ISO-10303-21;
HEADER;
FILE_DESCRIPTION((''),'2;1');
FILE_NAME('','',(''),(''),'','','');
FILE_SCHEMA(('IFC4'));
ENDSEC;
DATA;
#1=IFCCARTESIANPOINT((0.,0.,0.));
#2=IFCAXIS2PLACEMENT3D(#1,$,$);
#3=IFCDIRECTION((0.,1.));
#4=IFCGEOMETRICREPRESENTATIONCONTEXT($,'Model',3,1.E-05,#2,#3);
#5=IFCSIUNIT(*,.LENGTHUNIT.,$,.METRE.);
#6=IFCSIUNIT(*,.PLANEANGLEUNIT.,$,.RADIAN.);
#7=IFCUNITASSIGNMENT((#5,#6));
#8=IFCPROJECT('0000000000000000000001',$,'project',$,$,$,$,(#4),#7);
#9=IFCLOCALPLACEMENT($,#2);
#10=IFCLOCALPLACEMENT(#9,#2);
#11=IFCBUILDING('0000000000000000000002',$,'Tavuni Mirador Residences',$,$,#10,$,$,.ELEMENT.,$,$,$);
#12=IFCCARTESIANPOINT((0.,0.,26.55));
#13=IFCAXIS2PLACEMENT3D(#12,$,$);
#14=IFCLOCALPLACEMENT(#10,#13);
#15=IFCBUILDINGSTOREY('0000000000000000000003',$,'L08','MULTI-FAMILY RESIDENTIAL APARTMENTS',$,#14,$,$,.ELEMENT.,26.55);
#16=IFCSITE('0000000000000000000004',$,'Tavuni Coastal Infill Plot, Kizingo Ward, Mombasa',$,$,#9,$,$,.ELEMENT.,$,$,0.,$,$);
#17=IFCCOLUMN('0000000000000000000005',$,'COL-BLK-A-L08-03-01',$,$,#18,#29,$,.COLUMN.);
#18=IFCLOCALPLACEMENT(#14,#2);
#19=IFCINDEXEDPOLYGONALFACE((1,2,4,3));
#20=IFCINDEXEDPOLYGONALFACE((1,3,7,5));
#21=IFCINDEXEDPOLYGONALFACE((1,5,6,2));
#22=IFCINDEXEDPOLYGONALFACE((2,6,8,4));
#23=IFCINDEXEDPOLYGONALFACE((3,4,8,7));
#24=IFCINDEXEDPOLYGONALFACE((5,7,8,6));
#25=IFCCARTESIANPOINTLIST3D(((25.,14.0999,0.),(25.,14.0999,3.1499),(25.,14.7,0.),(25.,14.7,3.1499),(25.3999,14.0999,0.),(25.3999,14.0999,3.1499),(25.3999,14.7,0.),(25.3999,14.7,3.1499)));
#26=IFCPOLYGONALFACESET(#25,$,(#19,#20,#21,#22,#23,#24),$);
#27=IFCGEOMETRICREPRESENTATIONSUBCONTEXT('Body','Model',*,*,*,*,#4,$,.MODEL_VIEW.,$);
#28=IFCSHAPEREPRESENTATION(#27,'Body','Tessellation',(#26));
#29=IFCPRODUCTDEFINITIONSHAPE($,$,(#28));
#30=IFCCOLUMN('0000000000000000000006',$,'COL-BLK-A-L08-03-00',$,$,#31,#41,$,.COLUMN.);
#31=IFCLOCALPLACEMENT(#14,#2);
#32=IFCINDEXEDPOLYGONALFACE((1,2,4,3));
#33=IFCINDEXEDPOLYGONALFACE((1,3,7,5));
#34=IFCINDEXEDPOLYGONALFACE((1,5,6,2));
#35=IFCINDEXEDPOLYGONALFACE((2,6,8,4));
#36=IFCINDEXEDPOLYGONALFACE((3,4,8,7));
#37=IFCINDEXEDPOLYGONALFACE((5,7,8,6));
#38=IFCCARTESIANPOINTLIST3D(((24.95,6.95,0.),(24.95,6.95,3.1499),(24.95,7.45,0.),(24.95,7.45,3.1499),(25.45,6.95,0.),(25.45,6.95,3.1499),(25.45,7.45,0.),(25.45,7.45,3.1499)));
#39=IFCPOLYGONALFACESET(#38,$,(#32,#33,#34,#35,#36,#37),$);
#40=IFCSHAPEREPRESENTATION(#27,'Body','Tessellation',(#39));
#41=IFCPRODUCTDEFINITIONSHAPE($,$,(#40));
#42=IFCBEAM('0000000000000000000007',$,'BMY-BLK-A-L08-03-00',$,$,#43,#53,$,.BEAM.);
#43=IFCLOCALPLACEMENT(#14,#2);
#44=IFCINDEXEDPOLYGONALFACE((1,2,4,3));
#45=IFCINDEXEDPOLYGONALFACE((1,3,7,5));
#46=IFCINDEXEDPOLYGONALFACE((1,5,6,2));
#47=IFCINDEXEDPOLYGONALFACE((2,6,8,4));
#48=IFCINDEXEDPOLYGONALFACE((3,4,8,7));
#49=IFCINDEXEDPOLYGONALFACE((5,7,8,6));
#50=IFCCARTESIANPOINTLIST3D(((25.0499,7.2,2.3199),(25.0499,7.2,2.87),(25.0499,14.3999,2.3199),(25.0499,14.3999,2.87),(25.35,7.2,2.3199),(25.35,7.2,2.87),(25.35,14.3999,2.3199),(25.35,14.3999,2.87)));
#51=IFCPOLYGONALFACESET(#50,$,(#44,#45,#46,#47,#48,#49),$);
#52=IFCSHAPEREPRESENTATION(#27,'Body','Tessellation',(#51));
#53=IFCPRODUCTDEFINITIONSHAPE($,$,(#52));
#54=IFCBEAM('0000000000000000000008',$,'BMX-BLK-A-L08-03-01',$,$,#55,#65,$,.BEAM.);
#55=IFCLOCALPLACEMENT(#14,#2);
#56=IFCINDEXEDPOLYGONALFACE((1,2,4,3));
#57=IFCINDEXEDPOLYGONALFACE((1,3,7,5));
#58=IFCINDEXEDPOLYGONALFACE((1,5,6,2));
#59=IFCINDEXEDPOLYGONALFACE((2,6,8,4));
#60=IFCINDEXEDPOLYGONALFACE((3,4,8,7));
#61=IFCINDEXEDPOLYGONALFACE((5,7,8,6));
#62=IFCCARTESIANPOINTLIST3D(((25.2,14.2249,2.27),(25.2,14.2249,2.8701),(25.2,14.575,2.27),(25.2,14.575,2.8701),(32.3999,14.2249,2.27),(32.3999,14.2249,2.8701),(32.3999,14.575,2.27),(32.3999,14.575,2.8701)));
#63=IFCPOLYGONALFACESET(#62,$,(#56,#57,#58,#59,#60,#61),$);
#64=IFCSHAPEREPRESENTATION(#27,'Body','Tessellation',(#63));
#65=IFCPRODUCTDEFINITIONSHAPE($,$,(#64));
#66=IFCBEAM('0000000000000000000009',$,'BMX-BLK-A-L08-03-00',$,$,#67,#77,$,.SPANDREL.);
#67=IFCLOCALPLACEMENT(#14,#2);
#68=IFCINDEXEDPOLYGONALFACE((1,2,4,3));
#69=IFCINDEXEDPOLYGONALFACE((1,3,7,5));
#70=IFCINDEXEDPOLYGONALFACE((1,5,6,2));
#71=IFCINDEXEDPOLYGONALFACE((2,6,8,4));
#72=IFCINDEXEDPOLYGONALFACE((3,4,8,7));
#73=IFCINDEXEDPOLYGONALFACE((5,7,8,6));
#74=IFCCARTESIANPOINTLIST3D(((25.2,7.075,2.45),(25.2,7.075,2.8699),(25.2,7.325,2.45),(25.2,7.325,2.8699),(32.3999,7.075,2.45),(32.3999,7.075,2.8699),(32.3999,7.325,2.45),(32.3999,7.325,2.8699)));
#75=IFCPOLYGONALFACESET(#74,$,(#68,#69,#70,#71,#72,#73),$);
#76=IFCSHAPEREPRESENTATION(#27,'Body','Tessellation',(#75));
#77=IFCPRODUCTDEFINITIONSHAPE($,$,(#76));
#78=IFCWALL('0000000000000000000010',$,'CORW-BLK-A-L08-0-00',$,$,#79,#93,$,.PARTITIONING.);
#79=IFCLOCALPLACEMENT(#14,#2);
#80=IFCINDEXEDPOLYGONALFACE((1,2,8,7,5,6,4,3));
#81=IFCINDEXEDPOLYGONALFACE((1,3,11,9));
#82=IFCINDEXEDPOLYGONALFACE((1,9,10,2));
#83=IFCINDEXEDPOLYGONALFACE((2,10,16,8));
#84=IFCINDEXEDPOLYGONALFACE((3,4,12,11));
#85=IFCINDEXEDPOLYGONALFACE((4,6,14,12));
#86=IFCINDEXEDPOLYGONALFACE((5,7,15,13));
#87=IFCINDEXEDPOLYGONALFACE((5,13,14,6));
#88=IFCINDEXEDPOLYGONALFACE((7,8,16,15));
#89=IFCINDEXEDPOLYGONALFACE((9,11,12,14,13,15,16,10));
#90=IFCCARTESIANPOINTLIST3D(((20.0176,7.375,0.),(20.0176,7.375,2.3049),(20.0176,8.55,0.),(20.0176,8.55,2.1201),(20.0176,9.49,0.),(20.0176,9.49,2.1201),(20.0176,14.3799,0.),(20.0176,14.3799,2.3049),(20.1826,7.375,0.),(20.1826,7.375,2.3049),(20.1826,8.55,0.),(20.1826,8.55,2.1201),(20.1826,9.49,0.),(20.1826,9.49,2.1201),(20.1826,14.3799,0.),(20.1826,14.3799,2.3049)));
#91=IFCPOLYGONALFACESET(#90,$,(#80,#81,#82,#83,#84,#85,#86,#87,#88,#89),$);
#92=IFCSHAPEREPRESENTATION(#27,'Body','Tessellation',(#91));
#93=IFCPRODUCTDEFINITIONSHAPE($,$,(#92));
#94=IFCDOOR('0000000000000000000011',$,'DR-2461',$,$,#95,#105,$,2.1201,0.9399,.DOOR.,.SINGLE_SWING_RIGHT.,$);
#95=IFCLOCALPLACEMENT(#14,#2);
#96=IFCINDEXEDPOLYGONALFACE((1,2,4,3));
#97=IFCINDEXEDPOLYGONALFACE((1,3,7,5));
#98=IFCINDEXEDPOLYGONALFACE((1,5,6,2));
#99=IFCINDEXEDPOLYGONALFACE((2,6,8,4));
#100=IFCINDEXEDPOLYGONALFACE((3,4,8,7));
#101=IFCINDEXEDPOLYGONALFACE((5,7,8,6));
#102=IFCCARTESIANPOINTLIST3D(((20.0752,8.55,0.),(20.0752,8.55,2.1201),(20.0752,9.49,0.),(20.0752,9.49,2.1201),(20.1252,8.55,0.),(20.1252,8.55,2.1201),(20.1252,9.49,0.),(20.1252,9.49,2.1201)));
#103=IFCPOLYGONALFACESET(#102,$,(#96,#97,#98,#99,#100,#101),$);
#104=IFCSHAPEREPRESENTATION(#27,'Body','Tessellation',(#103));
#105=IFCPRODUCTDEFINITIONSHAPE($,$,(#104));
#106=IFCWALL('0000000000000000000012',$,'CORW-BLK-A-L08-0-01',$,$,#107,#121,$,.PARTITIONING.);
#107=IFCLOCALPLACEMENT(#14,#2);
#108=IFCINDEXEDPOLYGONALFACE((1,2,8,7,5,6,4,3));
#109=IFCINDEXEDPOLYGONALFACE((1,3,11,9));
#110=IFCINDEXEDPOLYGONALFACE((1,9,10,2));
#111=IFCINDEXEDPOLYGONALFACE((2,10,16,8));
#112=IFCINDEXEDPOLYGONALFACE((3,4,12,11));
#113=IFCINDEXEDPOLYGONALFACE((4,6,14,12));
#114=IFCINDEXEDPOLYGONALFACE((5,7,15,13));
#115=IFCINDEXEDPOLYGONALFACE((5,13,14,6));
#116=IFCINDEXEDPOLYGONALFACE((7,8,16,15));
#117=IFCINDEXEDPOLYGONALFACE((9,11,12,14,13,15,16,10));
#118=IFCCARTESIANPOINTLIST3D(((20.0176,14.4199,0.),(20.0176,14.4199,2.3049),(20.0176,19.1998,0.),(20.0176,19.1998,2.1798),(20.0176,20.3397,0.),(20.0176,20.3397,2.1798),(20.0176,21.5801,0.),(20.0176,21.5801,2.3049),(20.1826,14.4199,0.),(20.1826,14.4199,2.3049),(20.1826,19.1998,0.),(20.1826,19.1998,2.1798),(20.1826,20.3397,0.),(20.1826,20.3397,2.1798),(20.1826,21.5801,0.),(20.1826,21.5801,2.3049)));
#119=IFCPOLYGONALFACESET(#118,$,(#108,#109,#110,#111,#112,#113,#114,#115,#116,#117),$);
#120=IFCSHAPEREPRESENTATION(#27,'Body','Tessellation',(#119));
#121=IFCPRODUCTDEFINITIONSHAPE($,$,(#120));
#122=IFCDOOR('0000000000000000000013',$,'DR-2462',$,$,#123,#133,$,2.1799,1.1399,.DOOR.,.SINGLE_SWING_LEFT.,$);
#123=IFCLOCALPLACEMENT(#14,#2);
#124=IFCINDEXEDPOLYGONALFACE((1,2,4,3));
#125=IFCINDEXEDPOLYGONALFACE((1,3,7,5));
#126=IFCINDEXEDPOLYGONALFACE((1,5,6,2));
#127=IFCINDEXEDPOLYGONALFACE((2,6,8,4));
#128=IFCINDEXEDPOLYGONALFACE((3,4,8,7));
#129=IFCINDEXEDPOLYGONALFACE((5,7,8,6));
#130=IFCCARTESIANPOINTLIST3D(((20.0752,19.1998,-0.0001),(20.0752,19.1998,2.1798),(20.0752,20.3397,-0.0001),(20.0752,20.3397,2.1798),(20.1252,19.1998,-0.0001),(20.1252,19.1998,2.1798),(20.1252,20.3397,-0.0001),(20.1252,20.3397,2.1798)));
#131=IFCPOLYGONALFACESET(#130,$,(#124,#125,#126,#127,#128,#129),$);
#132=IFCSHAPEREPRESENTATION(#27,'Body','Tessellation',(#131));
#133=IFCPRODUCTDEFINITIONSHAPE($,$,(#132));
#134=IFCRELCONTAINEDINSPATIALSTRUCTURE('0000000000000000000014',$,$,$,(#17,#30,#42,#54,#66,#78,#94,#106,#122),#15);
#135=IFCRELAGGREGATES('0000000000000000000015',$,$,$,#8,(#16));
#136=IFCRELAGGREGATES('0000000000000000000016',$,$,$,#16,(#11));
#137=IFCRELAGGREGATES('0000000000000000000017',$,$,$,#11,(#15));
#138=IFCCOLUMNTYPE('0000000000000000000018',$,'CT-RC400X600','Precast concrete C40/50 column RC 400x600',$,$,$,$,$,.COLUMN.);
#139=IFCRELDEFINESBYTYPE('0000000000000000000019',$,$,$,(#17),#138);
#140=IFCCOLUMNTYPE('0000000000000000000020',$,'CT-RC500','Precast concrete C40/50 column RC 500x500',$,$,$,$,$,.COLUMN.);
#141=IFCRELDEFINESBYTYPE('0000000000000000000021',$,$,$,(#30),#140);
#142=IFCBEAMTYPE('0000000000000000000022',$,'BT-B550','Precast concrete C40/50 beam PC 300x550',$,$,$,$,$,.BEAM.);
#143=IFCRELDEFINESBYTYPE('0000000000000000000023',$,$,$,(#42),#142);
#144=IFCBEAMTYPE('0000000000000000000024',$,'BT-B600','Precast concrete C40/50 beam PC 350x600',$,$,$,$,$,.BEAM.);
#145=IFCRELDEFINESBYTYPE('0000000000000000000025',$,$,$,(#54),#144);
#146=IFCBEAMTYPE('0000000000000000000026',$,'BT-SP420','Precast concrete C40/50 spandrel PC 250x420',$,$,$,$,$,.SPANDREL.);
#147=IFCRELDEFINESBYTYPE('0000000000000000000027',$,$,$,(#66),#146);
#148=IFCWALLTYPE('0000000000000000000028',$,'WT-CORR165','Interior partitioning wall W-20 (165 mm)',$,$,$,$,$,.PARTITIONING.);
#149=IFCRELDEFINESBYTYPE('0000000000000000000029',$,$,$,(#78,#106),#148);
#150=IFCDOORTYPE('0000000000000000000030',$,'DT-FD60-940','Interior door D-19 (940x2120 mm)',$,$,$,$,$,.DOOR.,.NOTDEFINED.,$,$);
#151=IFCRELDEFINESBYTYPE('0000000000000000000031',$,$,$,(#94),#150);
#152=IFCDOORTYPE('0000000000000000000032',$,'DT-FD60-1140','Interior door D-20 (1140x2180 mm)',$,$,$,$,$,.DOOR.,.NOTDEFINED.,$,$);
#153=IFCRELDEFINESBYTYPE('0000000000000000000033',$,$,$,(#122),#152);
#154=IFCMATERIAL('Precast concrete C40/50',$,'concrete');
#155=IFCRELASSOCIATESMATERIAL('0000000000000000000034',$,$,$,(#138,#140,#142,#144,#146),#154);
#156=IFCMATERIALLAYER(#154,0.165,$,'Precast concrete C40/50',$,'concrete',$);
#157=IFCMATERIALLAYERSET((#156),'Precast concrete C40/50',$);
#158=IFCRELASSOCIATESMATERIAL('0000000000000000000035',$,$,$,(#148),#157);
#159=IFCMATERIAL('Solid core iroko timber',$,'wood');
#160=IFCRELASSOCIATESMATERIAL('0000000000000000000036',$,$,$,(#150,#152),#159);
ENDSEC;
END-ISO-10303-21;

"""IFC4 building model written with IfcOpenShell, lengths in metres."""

from ifc_helpers import new_model, si_unit, direction, frame, frame_2d, origin, origin_2d, place, context, subcontext, project, spatial, rectangle, extrude, material, layer, layer_set, material_profile, profile_set, type_object, element, fill, save


model = new_model("IFC4")

# Units and contexts
model_context = context("Model", 3, precision=1e-05, world=origin(), true_north=direction((0.0, 1.0)))
body_context = subcontext(model_context, "Body", "Model", "MODEL_VIEW")
ifc_project = project(units=[si_unit("LENGTHUNIT", "METRE"), si_unit("PLANEANGLEUNIT", "RADIAN")], contexts=[model_context])

# Site, building, storey
site_placement = place(None, origin())
site = spatial("IfcSite", under=ifc_project, at=site_placement, Name="Tavuni Coastal Infill Plot, Kizingo Ward, Mombasa", CompositionType="ELEMENT", RefElevation=0.0)
building_placement = place(site_placement, origin())
building = spatial("IfcBuilding", under=site, at=building_placement, Name="Tavuni Mirador Residences", CompositionType="ELEMENT")
storey_placement = place(building_placement, frame((0.0, 0.0, 26.55)))
storey = spatial("IfcBuildingStorey", under=building, at=storey_placement, Name="L08", Description="MULTI-FAMILY RESIDENTIAL APARTMENTS", CompositionType="ELEMENT", Elevation=26.55)

# Columns
ifc_material_1 = material(Name="Precast concrete C40/50", Category="concrete")
ifc_material_profile_1 = material_profile(ifc_material_1, rectangle(XDim=0.3999, YDim=0.6001, at=origin_2d()), Name="RC 400x600", Category="concrete")
ifc_profile_set_1 = profile_set([ifc_material_profile_1], Name="Precast concrete C40/50")
column_type_1 = type_object("IfcColumnType", Name="CT-RC400X600", Description="Precast concrete C40/50 column RC 400x600", PredefinedType="COLUMN", material=ifc_profile_set_1)
column_1_placement = place(storey_placement, frame((25.2, 14.3999, 0.0), z_axis=(0.0, 0.0, 1.0), x_axis=(1.0, 0.0, 0.0)))
element("IfcColumn", 1, at=column_1_placement, inside=storey, type_object=column_type_1, Name="COL-BLK-A-L08-03-01", PredefinedType="COLUMN", context=body_context, shape_type="SweptSolid", body=[
    extrude(rectangle(XDim=0.3999, YDim=0.6001, at=origin_2d()), origin(), (0.0, 0.0, 1.0), 3.1499),
])
ifc_material_profile_2 = material_profile(ifc_material_1, rectangle(XDim=0.5, YDim=0.5, at=origin_2d()), Name="RC 500x500", Category="concrete")
ifc_profile_set_2 = profile_set([ifc_material_profile_2], Name="Precast concrete C40/50")
column_type_2 = type_object("IfcColumnType", Name="CT-RC500", Description="Precast concrete C40/50 column RC 500x500", PredefinedType="COLUMN", material=ifc_profile_set_2)
column_2_placement = place(storey_placement, frame((25.2, 7.2, 0.0), z_axis=(0.0, 0.0, 1.0), x_axis=(1.0, 0.0, 0.0)))
element("IfcColumn", 2, at=column_2_placement, inside=storey, type_object=column_type_2, Name="COL-BLK-A-L08-03-00", PredefinedType="COLUMN", context=body_context, shape_type="SweptSolid", body=[
    extrude(rectangle(XDim=0.5, YDim=0.5, at=origin_2d()), origin(), (0.0, 0.0, 1.0), 3.1499),
])

# Beams
ifc_material_profile_3 = material_profile(ifc_material_1, rectangle(XDim=0.3, YDim=0.55, at=origin_2d()), Name="PC 300x550", Category="concrete")
ifc_profile_set_3 = profile_set([ifc_material_profile_3], Name="Precast concrete C40/50")
beam_type_1 = type_object("IfcBeamType", Name="BT-B550", Description="Precast concrete C40/50 beam PC 300x550", PredefinedType="BEAM", material=ifc_profile_set_3)
beam_1_placement = place(storey_placement, frame((25.2, 7.2, 2.595), z_axis=(0.0, 1.0, 0.0), x_axis=(-1.0, 0.0, 0.0)))
element("IfcBeam", 3, at=beam_1_placement, inside=storey, type_object=beam_type_1, Name="BMY-BLK-A-L08-03-00", PredefinedType="BEAM", context=body_context, shape_type="SweptSolid", body=[
    extrude(rectangle(XDim=0.3, YDim=0.55, at=origin_2d()), origin(), (0.0, 0.0, 1.0), 7.2),
])
ifc_material_profile_4 = material_profile(ifc_material_1, rectangle(XDim=0.3501, YDim=0.6001, at=origin_2d()), Name="PC 350x600", Category="concrete")
ifc_profile_set_4 = profile_set([ifc_material_profile_4], Name="Precast concrete C40/50")
beam_type_2 = type_object("IfcBeamType", Name="BT-B600", Description="Precast concrete C40/50 beam PC 350x600", PredefinedType="BEAM", material=ifc_profile_set_4)
beam_2_placement = place(storey_placement, frame((25.2, 14.3999, 2.5701), z_axis=(1.0, 0.0, 0.0), x_axis=(0.0, 1.0, 0.0)))
element("IfcBeam", 4, at=beam_2_placement, inside=storey, type_object=beam_type_2, Name="BMX-BLK-A-L08-03-01", PredefinedType="BEAM", context=body_context, shape_type="SweptSolid", body=[
    extrude(rectangle(XDim=0.3501, YDim=0.6001, at=origin_2d()), origin(), (0.0, 0.0, 1.0), 7.2),
])
ifc_material_profile_5 = material_profile(ifc_material_1, rectangle(XDim=0.25, YDim=0.4199, at=origin_2d()), Name="PC 250x420", Category="concrete")
ifc_profile_set_5 = profile_set([ifc_material_profile_5], Name="Precast concrete C40/50")
beam_type_3 = type_object("IfcBeamType", Name="BT-SP420", Description="Precast concrete C40/50 spandrel PC 250x420", PredefinedType="SPANDREL", material=ifc_profile_set_5)
beam_3_placement = place(storey_placement, frame((25.2, 7.2, 2.6599), z_axis=(1.0, 0.0, 0.0), x_axis=(0.0, 1.0, 0.0)))
element("IfcBeam", 5, at=beam_3_placement, inside=storey, type_object=beam_type_3, Name="BMX-BLK-A-L08-03-00", PredefinedType="SPANDREL", context=body_context, shape_type="SweptSolid", body=[
    extrude(rectangle(XDim=0.25, YDim=0.4199, at=origin_2d()), origin(), (0.0, 0.0, 1.0), 7.2),
])

# Walls, openings, doors
ifc_layer_1 = layer(ifc_material_1, 0.165, Name="Precast concrete C40/50", Category="concrete")
ifc_layer_set_1 = layer_set([ifc_layer_1], Name="Precast concrete C40/50")
wall_type_1 = type_object("IfcWallType", Name="WT-CORR165", Description="Interior partitioning wall W-20 (165 mm)", PredefinedType="PARTITIONING", material=ifc_layer_set_1)
wall_1_placement = place(storey_placement, frame((20.1001, 7.375, 0.0), z_axis=(0.0, 0.0, 1.0), x_axis=(0.0, 1.0, 0.0)))
wall_1 = element("IfcWall", 6, at=wall_1_placement, inside=storey, type_object=wall_type_1, Name="CORW-BLK-A-L08-0-00", PredefinedType="PARTITIONING", context=body_context, shape_type="SweptSolid", body=[
    extrude(rectangle(XDim=7.0049, YDim=0.165, at=frame_2d((3.5024, 0.0))), origin(), (0.0, 0.0, 1.0), 2.3049),
])
opening_1_placement = place(wall_1_placement, frame((1.175, 0.0, 0.0)))
opening_1 = element("IfcOpeningElement", 7, at=opening_1_placement, cuts=wall_1, PredefinedType="OPENING", context=body_context, shape_type="SweptSolid", body=[
    extrude(rectangle(XDim=0.9399, YDim=2.1201, at=frame_2d((0.47, 1.0601))), frame((0.0, 0.0925, 0.0), z_axis=(0.0, -1.0, 0.0), x_axis=(1.0, 0.0, 0.0)), (0.0, 0.0, 1.0), 0.1851),
])
ifc_material_2 = material(Name="Solid core iroko timber", Category="wood")
door_type_1 = type_object("IfcDoorType", Name="DT-FD60-940", Description="Interior door D-19 (940x2120 mm)", OperationType="NOTDEFINED", PredefinedType="DOOR", material=ifc_material_2)
door_1_placement = place(opening_1_placement, origin())
door_1 = element("IfcDoor", 8, at=door_1_placement, inside=storey, type_object=door_type_1, Name="DR-2461", OperationType="SINGLE_SWING_RIGHT", OverallHeight=2.1201, OverallWidth=0.9399, PredefinedType="DOOR", context=body_context, shape_type="SweptSolid", body=[
    extrude(rectangle(XDim=0.9399, YDim=2.1201, at=frame_2d((0.47, 1.0601))), frame((0.0, 0.0249, 0.0), z_axis=(0.0, -1.0, 0.0), x_axis=(1.0, 0.0, 0.0)), (0.0, 0.0, 1.0), 0.05),
])
fill(opening_1, door_1)
wall_2_placement = place(storey_placement, frame((20.1001, 14.4199, 0.0), z_axis=(0.0, 0.0, 1.0), x_axis=(0.0, 1.0, 0.0)))
wall_2 = element("IfcWall", 9, at=wall_2_placement, inside=storey, type_object=wall_type_1, Name="CORW-BLK-A-L08-0-01", PredefinedType="PARTITIONING", context=body_context, shape_type="SweptSolid", body=[
    extrude(rectangle(XDim=7.1602, YDim=0.165, at=frame_2d((3.5801, 0.0))), origin(), (0.0, 0.0, 1.0), 2.3049),
])
opening_2_placement = place(wall_2_placement, frame((4.78, 0.0, 0.0)))
opening_2 = element("IfcOpeningElement", 10, at=opening_2_placement, cuts=wall_2, PredefinedType="OPENING", context=body_context, shape_type="SweptSolid", body=[
    extrude(rectangle(XDim=1.1399, YDim=2.1799, at=frame_2d((0.5698, 1.0898))), frame((0.0, 0.0925, 0.0), z_axis=(0.0, -1.0, 0.0), x_axis=(1.0, 0.0, 0.0)), (0.0, 0.0, 1.0), 0.1851),
])
door_type_2 = type_object("IfcDoorType", Name="DT-FD60-1140", Description="Interior door D-20 (1140x2180 mm)", OperationType="NOTDEFINED", PredefinedType="DOOR", material=ifc_material_2)
door_2_placement = place(opening_2_placement, origin())
door_2 = element("IfcDoor", 11, at=door_2_placement, inside=storey, type_object=door_type_2, Name="DR-2462", OperationType="SINGLE_SWING_LEFT", OverallHeight=2.1799, OverallWidth=1.1399, PredefinedType="DOOR", context=body_context, shape_type="SweptSolid", body=[
    extrude(rectangle(XDim=1.1399, YDim=2.1799, at=frame_2d((0.5698, 1.0898))), frame((0.0, 0.0249, 0.0), z_axis=(0.0, -1.0, 0.0), x_axis=(1.0, 0.0, 0.0)), (0.0, 0.0, 1.0), 0.05),
])
fill(opening_2, door_2)

save(model, "model.ifc")
